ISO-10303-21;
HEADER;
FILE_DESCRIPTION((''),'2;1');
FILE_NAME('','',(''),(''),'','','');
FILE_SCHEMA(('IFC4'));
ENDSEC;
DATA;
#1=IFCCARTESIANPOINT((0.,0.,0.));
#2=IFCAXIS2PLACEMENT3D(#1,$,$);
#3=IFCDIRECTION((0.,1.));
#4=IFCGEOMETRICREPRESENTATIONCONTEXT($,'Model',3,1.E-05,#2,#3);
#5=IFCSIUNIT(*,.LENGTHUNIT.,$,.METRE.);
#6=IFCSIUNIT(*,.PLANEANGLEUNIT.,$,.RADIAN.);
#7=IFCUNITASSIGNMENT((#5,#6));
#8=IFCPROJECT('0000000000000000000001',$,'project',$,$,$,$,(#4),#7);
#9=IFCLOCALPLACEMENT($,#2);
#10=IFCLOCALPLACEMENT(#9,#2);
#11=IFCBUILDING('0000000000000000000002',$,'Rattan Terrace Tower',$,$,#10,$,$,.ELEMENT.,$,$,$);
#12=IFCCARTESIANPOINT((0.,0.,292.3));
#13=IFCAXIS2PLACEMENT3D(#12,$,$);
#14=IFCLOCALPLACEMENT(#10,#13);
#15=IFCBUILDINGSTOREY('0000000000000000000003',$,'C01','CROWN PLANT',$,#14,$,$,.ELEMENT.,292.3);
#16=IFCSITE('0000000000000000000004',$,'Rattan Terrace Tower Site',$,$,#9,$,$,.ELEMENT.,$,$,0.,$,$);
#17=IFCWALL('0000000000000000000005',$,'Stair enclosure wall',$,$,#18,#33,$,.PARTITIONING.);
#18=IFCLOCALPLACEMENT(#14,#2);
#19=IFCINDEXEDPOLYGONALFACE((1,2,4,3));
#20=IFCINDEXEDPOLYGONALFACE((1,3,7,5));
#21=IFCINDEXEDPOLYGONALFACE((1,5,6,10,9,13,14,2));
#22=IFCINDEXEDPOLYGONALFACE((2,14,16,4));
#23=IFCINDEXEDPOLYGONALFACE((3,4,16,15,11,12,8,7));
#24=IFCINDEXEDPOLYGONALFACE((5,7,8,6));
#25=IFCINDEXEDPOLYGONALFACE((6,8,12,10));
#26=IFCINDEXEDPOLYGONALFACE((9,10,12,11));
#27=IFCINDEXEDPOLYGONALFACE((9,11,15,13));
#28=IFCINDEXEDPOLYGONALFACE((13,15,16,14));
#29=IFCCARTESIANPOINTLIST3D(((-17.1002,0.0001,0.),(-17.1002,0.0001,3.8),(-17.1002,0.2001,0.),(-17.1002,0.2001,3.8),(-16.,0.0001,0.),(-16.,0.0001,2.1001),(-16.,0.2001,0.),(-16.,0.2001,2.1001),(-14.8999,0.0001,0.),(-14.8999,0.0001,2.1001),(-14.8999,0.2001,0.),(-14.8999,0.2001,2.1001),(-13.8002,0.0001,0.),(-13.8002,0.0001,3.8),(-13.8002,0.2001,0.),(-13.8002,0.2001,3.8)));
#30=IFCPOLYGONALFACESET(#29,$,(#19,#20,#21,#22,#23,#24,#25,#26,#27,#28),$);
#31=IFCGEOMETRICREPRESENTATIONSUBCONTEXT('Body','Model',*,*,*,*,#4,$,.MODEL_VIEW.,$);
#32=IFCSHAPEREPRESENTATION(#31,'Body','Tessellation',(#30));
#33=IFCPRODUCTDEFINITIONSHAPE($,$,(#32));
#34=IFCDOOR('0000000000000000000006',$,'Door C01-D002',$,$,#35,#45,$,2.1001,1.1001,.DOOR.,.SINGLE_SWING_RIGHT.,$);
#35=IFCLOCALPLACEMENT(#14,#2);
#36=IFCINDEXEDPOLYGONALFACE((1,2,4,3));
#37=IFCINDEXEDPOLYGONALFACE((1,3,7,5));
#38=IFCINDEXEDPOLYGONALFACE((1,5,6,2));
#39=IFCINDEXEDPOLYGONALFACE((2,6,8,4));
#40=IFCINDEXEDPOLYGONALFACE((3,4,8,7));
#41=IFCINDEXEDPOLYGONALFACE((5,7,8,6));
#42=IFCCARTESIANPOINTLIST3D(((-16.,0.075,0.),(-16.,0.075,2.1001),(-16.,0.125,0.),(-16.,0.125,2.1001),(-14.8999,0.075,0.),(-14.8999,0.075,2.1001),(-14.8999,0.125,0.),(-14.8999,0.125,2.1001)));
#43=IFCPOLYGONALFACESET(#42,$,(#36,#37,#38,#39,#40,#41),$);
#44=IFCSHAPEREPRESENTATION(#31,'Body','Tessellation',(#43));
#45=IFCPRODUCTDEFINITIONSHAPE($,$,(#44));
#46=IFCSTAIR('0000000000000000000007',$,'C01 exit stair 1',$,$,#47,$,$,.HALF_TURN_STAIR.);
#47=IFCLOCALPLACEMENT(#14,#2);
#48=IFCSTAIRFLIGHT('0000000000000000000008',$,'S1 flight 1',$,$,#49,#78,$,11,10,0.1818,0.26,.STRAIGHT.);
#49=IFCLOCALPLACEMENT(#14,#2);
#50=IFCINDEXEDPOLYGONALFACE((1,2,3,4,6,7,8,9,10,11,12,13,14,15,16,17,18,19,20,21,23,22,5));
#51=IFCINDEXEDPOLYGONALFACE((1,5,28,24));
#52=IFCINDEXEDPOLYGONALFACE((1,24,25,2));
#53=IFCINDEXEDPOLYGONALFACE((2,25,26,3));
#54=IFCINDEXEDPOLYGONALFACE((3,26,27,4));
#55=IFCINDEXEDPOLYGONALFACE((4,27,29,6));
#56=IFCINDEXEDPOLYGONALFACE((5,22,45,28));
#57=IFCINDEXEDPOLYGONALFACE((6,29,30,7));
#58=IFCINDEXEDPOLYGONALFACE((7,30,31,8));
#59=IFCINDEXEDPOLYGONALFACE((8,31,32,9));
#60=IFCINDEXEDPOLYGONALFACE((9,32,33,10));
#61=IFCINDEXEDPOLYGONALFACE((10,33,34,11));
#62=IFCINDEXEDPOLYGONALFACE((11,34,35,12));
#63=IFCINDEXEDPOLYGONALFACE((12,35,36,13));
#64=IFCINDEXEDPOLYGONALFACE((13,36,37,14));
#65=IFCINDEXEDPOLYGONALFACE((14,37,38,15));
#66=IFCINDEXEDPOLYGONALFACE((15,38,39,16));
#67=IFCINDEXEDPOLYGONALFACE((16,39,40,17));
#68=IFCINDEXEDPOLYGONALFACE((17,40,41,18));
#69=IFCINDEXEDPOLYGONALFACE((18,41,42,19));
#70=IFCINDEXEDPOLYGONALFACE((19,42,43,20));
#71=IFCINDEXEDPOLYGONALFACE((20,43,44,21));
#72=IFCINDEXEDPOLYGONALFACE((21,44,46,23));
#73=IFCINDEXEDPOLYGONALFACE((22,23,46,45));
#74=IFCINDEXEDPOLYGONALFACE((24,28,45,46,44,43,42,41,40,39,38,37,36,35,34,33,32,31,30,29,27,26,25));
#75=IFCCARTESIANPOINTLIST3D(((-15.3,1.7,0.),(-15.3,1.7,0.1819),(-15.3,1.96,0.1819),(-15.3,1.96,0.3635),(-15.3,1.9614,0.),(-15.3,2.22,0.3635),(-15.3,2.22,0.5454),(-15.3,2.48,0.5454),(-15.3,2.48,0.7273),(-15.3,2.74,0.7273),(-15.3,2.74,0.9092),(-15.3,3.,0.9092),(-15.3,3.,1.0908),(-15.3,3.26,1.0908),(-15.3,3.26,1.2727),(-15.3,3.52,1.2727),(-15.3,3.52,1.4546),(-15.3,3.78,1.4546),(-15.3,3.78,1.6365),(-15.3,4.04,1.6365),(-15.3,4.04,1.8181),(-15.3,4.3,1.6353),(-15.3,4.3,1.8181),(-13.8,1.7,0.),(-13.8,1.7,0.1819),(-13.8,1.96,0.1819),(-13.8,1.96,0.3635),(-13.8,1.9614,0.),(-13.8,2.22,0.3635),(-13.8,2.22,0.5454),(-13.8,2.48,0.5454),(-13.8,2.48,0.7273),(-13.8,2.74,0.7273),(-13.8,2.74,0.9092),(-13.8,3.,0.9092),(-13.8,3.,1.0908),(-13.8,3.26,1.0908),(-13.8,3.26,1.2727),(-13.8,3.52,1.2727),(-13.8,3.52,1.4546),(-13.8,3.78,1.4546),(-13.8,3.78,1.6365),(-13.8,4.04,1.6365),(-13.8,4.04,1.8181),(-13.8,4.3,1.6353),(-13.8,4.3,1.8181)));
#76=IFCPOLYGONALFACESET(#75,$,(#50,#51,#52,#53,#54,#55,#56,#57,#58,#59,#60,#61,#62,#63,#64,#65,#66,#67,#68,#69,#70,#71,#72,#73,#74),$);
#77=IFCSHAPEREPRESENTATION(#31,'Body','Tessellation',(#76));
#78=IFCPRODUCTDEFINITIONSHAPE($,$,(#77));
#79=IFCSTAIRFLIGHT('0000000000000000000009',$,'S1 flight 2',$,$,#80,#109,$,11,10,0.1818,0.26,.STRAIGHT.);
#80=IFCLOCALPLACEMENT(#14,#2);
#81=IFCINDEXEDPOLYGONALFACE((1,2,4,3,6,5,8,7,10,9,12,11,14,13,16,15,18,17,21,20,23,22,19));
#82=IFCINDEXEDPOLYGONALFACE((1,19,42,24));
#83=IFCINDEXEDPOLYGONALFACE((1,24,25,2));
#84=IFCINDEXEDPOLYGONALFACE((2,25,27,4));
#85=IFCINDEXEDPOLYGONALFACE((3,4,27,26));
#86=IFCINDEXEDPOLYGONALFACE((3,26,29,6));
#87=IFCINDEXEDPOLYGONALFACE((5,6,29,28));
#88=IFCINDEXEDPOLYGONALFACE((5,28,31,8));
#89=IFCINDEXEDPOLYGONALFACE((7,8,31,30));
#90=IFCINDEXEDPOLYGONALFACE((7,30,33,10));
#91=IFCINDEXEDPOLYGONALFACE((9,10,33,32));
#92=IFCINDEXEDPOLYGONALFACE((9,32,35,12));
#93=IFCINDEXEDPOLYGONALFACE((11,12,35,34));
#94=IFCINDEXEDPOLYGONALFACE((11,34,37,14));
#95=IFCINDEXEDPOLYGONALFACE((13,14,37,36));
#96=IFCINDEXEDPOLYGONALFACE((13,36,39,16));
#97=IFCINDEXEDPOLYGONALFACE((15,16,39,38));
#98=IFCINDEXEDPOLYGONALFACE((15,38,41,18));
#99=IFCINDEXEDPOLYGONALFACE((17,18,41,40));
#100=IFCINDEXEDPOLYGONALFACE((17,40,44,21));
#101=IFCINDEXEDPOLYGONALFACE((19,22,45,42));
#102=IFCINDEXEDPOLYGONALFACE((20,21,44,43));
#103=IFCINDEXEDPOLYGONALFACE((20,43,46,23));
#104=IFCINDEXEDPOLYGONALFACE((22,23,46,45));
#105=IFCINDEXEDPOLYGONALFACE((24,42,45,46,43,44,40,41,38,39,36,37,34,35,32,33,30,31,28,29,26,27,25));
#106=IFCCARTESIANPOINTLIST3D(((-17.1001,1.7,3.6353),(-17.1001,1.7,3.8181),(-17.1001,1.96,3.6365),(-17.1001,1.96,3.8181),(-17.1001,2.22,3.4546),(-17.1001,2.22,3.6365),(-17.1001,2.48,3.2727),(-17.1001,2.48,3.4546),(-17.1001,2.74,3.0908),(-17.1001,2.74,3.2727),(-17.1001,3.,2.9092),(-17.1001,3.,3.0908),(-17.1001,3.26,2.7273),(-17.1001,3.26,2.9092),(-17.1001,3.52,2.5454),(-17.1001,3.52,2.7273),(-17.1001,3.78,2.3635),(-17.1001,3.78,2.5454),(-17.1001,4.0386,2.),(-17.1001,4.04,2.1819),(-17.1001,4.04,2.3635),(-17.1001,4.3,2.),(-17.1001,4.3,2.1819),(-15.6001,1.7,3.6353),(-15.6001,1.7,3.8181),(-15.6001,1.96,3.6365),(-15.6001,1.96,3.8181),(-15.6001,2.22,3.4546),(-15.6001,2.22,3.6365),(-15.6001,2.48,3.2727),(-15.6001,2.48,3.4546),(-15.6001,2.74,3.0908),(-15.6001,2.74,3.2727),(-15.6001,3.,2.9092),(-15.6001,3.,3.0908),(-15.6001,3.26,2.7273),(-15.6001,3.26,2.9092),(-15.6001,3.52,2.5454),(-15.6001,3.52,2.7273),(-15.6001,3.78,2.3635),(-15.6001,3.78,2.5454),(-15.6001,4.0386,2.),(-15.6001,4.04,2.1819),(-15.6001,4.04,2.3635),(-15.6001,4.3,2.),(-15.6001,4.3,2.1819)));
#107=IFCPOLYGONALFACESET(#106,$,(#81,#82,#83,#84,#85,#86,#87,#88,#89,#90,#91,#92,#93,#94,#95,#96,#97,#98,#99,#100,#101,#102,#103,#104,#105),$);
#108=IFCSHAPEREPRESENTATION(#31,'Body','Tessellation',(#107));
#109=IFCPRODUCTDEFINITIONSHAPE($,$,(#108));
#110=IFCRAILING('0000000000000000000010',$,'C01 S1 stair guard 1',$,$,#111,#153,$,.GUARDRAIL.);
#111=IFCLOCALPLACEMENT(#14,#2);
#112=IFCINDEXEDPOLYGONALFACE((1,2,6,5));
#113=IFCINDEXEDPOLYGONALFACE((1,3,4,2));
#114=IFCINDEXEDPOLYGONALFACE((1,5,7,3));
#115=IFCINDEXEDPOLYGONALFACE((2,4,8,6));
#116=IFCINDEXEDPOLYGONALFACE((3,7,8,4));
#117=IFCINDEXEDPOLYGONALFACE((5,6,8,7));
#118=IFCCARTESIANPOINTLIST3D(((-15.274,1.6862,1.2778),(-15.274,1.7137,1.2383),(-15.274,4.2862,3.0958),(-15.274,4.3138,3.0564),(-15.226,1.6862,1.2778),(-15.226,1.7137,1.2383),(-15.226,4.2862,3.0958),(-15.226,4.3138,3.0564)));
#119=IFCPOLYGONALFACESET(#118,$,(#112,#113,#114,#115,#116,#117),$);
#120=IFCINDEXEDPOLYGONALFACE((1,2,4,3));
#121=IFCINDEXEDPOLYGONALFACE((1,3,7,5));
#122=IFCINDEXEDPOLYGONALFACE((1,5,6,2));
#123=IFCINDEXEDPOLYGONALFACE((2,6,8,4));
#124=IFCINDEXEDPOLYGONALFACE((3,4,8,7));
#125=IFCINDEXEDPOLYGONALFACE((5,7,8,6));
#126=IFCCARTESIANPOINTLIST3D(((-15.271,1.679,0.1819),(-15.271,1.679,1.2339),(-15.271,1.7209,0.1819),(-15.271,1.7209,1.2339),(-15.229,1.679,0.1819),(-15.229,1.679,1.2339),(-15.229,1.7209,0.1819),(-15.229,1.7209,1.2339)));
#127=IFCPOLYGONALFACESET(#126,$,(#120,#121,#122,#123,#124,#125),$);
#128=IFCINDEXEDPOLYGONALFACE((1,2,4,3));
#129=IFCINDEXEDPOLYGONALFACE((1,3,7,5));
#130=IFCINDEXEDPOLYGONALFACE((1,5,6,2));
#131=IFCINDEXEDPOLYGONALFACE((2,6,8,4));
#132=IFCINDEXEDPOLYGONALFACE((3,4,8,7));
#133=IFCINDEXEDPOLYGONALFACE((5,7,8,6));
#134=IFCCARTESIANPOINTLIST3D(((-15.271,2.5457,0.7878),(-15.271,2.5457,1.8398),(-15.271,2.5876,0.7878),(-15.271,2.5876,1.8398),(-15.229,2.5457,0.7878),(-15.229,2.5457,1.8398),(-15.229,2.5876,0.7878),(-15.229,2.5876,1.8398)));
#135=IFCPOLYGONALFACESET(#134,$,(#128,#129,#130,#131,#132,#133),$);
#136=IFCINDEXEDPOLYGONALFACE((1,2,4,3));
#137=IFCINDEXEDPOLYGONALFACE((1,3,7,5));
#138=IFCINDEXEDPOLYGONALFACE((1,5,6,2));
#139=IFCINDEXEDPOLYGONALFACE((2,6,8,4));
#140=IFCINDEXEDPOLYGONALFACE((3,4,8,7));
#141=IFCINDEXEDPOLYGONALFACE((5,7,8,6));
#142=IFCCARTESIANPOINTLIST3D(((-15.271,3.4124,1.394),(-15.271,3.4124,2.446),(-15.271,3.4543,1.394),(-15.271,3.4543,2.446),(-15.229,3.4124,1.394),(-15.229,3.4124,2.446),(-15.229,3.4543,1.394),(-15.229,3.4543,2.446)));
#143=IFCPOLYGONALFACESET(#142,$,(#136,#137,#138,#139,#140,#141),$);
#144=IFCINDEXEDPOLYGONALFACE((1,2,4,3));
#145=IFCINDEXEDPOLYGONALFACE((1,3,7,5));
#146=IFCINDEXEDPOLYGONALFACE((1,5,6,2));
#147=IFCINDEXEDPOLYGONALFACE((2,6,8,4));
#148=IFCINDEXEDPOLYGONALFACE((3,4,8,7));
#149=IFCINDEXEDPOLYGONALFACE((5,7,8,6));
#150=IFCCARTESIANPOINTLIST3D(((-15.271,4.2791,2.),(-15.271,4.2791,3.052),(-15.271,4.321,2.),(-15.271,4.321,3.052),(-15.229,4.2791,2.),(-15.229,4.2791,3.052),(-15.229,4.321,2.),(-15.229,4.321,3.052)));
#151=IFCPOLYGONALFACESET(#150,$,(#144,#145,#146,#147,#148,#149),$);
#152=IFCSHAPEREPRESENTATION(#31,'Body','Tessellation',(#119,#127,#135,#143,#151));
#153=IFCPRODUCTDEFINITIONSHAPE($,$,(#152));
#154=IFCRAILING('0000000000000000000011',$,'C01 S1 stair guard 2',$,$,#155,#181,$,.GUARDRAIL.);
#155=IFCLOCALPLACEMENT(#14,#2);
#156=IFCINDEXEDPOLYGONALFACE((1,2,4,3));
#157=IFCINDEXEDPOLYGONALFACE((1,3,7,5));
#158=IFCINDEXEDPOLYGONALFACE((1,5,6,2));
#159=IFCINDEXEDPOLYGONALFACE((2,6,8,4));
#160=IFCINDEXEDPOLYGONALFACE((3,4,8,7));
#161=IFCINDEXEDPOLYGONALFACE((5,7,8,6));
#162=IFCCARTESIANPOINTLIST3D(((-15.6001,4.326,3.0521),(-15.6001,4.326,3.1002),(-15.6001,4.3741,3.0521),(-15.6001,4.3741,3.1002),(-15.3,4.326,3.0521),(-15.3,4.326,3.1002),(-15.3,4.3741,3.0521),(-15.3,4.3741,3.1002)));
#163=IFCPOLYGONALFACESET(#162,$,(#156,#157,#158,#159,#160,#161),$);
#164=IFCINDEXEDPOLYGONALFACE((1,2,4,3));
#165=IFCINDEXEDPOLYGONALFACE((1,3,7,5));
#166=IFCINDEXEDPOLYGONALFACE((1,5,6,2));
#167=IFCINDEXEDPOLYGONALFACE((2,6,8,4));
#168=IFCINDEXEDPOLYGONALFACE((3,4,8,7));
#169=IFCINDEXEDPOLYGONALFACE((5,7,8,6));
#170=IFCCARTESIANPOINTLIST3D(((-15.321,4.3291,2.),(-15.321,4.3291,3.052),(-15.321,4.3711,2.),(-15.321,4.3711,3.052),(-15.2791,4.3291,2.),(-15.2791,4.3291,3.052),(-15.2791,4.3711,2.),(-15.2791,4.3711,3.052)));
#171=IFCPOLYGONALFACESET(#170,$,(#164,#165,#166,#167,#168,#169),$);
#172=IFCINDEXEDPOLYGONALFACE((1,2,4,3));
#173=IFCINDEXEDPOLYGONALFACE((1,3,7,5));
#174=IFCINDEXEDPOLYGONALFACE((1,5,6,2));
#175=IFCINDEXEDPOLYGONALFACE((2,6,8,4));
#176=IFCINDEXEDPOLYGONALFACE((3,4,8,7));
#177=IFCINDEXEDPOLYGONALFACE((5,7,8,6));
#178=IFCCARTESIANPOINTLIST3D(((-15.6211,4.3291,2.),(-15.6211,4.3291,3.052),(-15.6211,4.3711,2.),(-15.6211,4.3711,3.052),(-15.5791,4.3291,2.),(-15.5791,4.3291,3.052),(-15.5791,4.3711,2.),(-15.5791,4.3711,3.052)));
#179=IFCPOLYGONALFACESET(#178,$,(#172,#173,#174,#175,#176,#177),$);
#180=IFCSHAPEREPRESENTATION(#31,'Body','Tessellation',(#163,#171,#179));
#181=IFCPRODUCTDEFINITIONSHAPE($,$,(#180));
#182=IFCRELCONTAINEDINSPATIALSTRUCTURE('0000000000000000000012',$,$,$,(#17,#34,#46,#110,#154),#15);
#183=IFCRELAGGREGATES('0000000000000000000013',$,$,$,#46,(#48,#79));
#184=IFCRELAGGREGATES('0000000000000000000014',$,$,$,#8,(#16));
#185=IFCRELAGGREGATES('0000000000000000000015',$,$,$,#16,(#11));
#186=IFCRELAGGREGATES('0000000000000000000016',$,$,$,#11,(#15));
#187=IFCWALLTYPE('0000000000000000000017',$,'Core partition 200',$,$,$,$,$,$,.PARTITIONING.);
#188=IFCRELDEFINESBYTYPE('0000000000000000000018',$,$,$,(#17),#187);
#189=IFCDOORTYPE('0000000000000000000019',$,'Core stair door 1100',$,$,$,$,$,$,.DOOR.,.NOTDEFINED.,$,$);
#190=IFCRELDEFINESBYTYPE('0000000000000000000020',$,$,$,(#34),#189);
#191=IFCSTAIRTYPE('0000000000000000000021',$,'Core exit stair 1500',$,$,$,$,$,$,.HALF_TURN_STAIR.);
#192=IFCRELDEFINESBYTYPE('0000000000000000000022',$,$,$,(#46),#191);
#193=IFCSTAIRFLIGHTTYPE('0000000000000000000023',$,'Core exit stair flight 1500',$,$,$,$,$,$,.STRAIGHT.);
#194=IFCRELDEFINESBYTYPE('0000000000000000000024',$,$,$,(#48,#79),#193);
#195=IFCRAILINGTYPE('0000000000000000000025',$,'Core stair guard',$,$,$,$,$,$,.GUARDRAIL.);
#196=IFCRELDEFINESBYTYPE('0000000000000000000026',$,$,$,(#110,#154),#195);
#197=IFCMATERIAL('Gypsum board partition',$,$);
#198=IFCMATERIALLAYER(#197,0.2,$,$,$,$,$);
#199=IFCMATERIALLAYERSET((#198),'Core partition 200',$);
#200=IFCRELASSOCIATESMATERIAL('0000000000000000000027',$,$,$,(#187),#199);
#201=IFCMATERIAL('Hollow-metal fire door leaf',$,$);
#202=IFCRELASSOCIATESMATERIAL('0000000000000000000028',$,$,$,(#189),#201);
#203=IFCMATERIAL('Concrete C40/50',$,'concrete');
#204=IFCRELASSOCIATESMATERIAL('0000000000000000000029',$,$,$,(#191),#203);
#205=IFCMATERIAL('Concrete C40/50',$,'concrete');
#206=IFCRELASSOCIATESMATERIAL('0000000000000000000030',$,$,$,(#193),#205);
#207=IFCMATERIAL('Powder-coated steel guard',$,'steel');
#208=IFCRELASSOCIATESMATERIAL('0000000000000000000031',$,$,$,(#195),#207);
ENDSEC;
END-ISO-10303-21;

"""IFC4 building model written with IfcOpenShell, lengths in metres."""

from ifc_helpers import new_model, si_unit, direction, frame, frame_2d, origin, origin_2d, place, context, subcontext, project, spatial, polyline, rectangle, outline, extrude, material, layer, layer_set, type_object, element, fill, aggregate, save


model = new_model("IFC4")

# Units and contexts
model_context = context("Model", 3, precision=1e-05, world=origin(), true_north=direction((0.0, 1.0)))
body_context = subcontext(model_context, "Body", "Model", "MODEL_VIEW")
ifc_project = project(units=[si_unit("LENGTHUNIT", "METRE"), si_unit("PLANEANGLEUNIT", "RADIAN")], contexts=[model_context])

# Site, building, storey
site_placement = place(None, origin())
site = spatial("IfcSite", under=ifc_project, at=site_placement, Name="Rattan Terrace Tower Site", CompositionType="ELEMENT", RefElevation=0.0)
building_placement = place(site_placement, origin())
building = spatial("IfcBuilding", under=site, at=building_placement, Name="Rattan Terrace Tower", CompositionType="ELEMENT")
storey_placement = place(building_placement, frame((0.0, 0.0, 292.3)))
storey = spatial("IfcBuildingStorey", under=building, at=storey_placement, Name="C01", Description="CROWN PLANT", CompositionType="ELEMENT", Elevation=292.3)

# Wall, opening, door
ifc_material_1 = material(Name="Gypsum board partition")
ifc_layer_1 = layer(ifc_material_1, 0.2)
ifc_layer_set_1 = layer_set([ifc_layer_1], Name="Core partition 200")
wall_type_1 = type_object("IfcWallType", Name="Core partition 200", PredefinedType="PARTITIONING", material=ifc_layer_set_1)
wall_1_placement = place(storey_placement, frame((-17.1001, 0.1001, 0.0), z_axis=(0.0, 0.0, 1.0), x_axis=(1.0, 0.0, 0.0)))
wall_1 = element("IfcWall", 1, at=wall_1_placement, inside=storey, type_object=wall_type_1, Name="Stair enclosure wall", PredefinedType="PARTITIONING", context=body_context, shape_type="SweptSolid", body=[
    extrude(rectangle(XDim=3.3, YDim=0.2, at=frame_2d((1.6499, 0.0))), origin(), (0.0, 0.0, 1.0), 3.8),
])
opening_1_placement = place(wall_1_placement, frame((1.1001, 0.0, 0.0)))
opening_1 = element("IfcOpeningElement", 2, at=opening_1_placement, cuts=wall_1, PredefinedType="OPENING", context=body_context, shape_type="SweptSolid", body=[
    extrude(rectangle(XDim=1.1001, YDim=2.1001, at=frame_2d((0.55, 1.05))), frame((0.0, 0.1106, 0.0), z_axis=(0.0, -1.0, 0.0), x_axis=(1.0, 0.0, 0.0)), (0.0, 0.0, 1.0), 0.2209),
])
ifc_material_2 = material(Name="Hollow-metal fire door leaf")
door_type_1 = type_object("IfcDoorType", Name="Core stair door 1100", OperationType="NOTDEFINED", PredefinedType="DOOR", material=ifc_material_2)
door_1_placement = place(opening_1_placement, origin())
door_1 = element("IfcDoor", 3, at=door_1_placement, inside=storey, type_object=door_type_1, Name="Door C01-D002", OperationType="SINGLE_SWING_RIGHT", OverallHeight=2.1001, OverallWidth=1.1001, PredefinedType="DOOR", context=body_context, shape_type="SweptSolid", body=[
    extrude(rectangle(XDim=1.1001, YDim=2.1001, at=frame_2d((0.55, 1.05))), frame((0.0, 0.0249, 0.0), z_axis=(0.0, -1.0, 0.0), x_axis=(1.0, 0.0, 0.0)), (0.0, 0.0, 1.0), 0.05),
])
fill(opening_1, door_1)

# Stair, stair flights
ifc_material_3 = material(Name="Concrete C40/50", Category="concrete")
stair_type = type_object("IfcStairType", Name="Core exit stair 1500", PredefinedType="HALF_TURN_STAIR", material=ifc_material_3)
stair_placement = place(storey_placement, origin())
stair = element("IfcStair", 4, at=stair_placement, inside=storey, type_object=stair_type, Name="C01 exit stair 1", PredefinedType="HALF_TURN_STAIR")
ifc_material_4 = material(Name="Concrete C40/50", Category="concrete")
stair_flight_type = type_object("IfcStairFlightType", Name="Core exit stair flight 1500", PredefinedType="STRAIGHT", material=ifc_material_4)
stair_flight_1_placement = place(storey_placement, frame((-14.55, 1.7, 0.0), z_axis=(0.0, 0.0, 1.0), x_axis=(0.0, 1.0, 0.0)))
stair_flight_1 = element("IfcStairFlight", 5, at=stair_flight_1_placement, type_object=stair_flight_type, Name="S1 flight 1", NumberOfRisers=11, NumberOfTreads=10, PredefinedType="STRAIGHT", RiserHeight=0.1818, TreadLength=0.26, context=body_context, shape_type="SweptSolid", body=[
    extrude(outline(polyline([(0.0, 0.0), (0.0, 0.1819), (0.26, 0.1819), (0.26, 0.3635), (0.52, 0.3635), (0.52, 0.5454), (0.78, 0.5454), (0.78, 0.7273), (1.04, 0.7273), (1.04, 0.9092), (1.3, 0.9092), (1.3, 1.0908), (1.5601, 1.0908), (1.5601, 1.2727), (1.8201, 1.2727), (1.8201, 1.4546), (2.0801, 1.4546), (2.0801, 1.6365), (2.3401, 1.6365), (2.3401, 1.8181), (2.6001, 1.8181), (2.6001, 2.0), (2.6001, 1.6353), (0.2615, 0.0), (0.0, 0.0)])), frame((0.0, 0.75, 0.0), z_axis=(0.0, -1.0, 0.0), x_axis=(1.0, 0.0, 0.0)), (0.0, 0.0, 1.0), 1.5),
])
stair_flight_2_placement = place(storey_placement, frame((-16.3501, 4.3, 2.0), z_axis=(0.0, 0.0, 1.0), x_axis=(0.0, -1.0, 0.0)))
stair_flight_2 = element("IfcStairFlight", 6, at=stair_flight_2_placement, type_object=stair_flight_type, Name="S1 flight 2", NumberOfRisers=11, NumberOfTreads=10, PredefinedType="STRAIGHT", RiserHeight=0.1818, TreadLength=0.26, context=body_context, shape_type="SweptSolid", body=[
    extrude(outline(polyline([(0.0, 0.0), (0.0, 0.1819), (0.26, 0.1819), (0.26, 0.3635), (0.52, 0.3635), (0.52, 0.5454), (0.78, 0.5454), (0.78, 0.7273), (1.04, 0.7273), (1.04, 0.9092), (1.3, 0.9092), (1.3, 1.0908), (1.5601, 1.0908), (1.5601, 1.2727), (1.8201, 1.2727), (1.8201, 1.4546), (2.0801, 1.4546), (2.0801, 1.6365), (2.3401, 1.6365), (2.3401, 1.8181), (2.6001, 1.8181), (2.6001, 2.0), (2.6001, 1.6353), (0.2615, 0.0), (0.0, 0.0)])), frame((0.0, 0.75, 0.0), z_axis=(0.0, -1.0, 0.0), x_axis=(1.0, 0.0, 0.0)), (0.0, 0.0, 1.0), 1.5),
])
aggregate(stair, [stair_flight_1, stair_flight_2])

# Railings
ifc_material_5 = material(Name="Powder-coated steel guard", Category="steel")
railing_type_1 = type_object("IfcRailingType", Name="Core stair guard", PredefinedType="GUARDRAIL", material=ifc_material_5)
railing_1_placement = place(storey_placement, frame((-15.25, 1.7, 0.1819)))
element("IfcRailing", 7, at=railing_1_placement, inside=storey, type_object=railing_type_1, Name="C01 S1 stair guard 1", PredefinedType="GUARDRAIL", context=body_context, shape_type="SweptSolid", body=[
    extrude(rectangle(XDim=0.0481, YDim=0.0481, at=origin_2d()), frame((0.0, 0.0, 1.0762), z_axis=(0.0, 0.819521, 0.573049), x_axis=(-1.0, 0.0, 0.0)), (0.0, 0.0, 1.0), 3.1726),
    extrude(rectangle(XDim=0.042, YDim=0.042, at=origin_2d()), origin(), (0.0, 0.0, 1.0), 1.052),
    extrude(rectangle(XDim=0.042, YDim=0.042, at=origin_2d()), frame((0.0, 0.8667, 0.606)), (0.0, 0.0, 1.0), 1.052),
    extrude(rectangle(XDim=0.042, YDim=0.042, at=origin_2d()), frame((0.0, 1.7334, 1.2122)), (0.0, 0.0, 1.0), 1.052),
    extrude(rectangle(XDim=0.042, YDim=0.042, at=origin_2d()), frame((0.0, 2.6001, 1.8181)), (0.0, 0.0, 1.0), 1.052),
])
railing_2_placement = place(storey_placement, frame((-15.3, 4.3501, 2.0)))
element("IfcRailing", 8, at=railing_2_placement, inside=storey, type_object=railing_type_1, Name="C01 S1 stair guard 2", PredefinedType="GUARDRAIL", context=body_context, shape_type="SweptSolid", body=[
    extrude(rectangle(XDim=0.0481, YDim=0.0481, at=origin_2d()), frame((0.0, 0.0, 1.0762), z_axis=(-1.0, 0.0, 0.0), x_axis=(0.0, -1.0, 0.0)), (0.0, 0.0, 1.0), 0.3),
    extrude(rectangle(XDim=0.042, YDim=0.042, at=origin_2d()), origin(), (0.0, 0.0, 1.0), 1.052),
    extrude(rectangle(XDim=0.042, YDim=0.042, at=origin_2d()), frame((-0.3, 0.0, 0.0)), (0.0, 0.0, 1.0), 1.052),
])

save(model, "model.ifc")
